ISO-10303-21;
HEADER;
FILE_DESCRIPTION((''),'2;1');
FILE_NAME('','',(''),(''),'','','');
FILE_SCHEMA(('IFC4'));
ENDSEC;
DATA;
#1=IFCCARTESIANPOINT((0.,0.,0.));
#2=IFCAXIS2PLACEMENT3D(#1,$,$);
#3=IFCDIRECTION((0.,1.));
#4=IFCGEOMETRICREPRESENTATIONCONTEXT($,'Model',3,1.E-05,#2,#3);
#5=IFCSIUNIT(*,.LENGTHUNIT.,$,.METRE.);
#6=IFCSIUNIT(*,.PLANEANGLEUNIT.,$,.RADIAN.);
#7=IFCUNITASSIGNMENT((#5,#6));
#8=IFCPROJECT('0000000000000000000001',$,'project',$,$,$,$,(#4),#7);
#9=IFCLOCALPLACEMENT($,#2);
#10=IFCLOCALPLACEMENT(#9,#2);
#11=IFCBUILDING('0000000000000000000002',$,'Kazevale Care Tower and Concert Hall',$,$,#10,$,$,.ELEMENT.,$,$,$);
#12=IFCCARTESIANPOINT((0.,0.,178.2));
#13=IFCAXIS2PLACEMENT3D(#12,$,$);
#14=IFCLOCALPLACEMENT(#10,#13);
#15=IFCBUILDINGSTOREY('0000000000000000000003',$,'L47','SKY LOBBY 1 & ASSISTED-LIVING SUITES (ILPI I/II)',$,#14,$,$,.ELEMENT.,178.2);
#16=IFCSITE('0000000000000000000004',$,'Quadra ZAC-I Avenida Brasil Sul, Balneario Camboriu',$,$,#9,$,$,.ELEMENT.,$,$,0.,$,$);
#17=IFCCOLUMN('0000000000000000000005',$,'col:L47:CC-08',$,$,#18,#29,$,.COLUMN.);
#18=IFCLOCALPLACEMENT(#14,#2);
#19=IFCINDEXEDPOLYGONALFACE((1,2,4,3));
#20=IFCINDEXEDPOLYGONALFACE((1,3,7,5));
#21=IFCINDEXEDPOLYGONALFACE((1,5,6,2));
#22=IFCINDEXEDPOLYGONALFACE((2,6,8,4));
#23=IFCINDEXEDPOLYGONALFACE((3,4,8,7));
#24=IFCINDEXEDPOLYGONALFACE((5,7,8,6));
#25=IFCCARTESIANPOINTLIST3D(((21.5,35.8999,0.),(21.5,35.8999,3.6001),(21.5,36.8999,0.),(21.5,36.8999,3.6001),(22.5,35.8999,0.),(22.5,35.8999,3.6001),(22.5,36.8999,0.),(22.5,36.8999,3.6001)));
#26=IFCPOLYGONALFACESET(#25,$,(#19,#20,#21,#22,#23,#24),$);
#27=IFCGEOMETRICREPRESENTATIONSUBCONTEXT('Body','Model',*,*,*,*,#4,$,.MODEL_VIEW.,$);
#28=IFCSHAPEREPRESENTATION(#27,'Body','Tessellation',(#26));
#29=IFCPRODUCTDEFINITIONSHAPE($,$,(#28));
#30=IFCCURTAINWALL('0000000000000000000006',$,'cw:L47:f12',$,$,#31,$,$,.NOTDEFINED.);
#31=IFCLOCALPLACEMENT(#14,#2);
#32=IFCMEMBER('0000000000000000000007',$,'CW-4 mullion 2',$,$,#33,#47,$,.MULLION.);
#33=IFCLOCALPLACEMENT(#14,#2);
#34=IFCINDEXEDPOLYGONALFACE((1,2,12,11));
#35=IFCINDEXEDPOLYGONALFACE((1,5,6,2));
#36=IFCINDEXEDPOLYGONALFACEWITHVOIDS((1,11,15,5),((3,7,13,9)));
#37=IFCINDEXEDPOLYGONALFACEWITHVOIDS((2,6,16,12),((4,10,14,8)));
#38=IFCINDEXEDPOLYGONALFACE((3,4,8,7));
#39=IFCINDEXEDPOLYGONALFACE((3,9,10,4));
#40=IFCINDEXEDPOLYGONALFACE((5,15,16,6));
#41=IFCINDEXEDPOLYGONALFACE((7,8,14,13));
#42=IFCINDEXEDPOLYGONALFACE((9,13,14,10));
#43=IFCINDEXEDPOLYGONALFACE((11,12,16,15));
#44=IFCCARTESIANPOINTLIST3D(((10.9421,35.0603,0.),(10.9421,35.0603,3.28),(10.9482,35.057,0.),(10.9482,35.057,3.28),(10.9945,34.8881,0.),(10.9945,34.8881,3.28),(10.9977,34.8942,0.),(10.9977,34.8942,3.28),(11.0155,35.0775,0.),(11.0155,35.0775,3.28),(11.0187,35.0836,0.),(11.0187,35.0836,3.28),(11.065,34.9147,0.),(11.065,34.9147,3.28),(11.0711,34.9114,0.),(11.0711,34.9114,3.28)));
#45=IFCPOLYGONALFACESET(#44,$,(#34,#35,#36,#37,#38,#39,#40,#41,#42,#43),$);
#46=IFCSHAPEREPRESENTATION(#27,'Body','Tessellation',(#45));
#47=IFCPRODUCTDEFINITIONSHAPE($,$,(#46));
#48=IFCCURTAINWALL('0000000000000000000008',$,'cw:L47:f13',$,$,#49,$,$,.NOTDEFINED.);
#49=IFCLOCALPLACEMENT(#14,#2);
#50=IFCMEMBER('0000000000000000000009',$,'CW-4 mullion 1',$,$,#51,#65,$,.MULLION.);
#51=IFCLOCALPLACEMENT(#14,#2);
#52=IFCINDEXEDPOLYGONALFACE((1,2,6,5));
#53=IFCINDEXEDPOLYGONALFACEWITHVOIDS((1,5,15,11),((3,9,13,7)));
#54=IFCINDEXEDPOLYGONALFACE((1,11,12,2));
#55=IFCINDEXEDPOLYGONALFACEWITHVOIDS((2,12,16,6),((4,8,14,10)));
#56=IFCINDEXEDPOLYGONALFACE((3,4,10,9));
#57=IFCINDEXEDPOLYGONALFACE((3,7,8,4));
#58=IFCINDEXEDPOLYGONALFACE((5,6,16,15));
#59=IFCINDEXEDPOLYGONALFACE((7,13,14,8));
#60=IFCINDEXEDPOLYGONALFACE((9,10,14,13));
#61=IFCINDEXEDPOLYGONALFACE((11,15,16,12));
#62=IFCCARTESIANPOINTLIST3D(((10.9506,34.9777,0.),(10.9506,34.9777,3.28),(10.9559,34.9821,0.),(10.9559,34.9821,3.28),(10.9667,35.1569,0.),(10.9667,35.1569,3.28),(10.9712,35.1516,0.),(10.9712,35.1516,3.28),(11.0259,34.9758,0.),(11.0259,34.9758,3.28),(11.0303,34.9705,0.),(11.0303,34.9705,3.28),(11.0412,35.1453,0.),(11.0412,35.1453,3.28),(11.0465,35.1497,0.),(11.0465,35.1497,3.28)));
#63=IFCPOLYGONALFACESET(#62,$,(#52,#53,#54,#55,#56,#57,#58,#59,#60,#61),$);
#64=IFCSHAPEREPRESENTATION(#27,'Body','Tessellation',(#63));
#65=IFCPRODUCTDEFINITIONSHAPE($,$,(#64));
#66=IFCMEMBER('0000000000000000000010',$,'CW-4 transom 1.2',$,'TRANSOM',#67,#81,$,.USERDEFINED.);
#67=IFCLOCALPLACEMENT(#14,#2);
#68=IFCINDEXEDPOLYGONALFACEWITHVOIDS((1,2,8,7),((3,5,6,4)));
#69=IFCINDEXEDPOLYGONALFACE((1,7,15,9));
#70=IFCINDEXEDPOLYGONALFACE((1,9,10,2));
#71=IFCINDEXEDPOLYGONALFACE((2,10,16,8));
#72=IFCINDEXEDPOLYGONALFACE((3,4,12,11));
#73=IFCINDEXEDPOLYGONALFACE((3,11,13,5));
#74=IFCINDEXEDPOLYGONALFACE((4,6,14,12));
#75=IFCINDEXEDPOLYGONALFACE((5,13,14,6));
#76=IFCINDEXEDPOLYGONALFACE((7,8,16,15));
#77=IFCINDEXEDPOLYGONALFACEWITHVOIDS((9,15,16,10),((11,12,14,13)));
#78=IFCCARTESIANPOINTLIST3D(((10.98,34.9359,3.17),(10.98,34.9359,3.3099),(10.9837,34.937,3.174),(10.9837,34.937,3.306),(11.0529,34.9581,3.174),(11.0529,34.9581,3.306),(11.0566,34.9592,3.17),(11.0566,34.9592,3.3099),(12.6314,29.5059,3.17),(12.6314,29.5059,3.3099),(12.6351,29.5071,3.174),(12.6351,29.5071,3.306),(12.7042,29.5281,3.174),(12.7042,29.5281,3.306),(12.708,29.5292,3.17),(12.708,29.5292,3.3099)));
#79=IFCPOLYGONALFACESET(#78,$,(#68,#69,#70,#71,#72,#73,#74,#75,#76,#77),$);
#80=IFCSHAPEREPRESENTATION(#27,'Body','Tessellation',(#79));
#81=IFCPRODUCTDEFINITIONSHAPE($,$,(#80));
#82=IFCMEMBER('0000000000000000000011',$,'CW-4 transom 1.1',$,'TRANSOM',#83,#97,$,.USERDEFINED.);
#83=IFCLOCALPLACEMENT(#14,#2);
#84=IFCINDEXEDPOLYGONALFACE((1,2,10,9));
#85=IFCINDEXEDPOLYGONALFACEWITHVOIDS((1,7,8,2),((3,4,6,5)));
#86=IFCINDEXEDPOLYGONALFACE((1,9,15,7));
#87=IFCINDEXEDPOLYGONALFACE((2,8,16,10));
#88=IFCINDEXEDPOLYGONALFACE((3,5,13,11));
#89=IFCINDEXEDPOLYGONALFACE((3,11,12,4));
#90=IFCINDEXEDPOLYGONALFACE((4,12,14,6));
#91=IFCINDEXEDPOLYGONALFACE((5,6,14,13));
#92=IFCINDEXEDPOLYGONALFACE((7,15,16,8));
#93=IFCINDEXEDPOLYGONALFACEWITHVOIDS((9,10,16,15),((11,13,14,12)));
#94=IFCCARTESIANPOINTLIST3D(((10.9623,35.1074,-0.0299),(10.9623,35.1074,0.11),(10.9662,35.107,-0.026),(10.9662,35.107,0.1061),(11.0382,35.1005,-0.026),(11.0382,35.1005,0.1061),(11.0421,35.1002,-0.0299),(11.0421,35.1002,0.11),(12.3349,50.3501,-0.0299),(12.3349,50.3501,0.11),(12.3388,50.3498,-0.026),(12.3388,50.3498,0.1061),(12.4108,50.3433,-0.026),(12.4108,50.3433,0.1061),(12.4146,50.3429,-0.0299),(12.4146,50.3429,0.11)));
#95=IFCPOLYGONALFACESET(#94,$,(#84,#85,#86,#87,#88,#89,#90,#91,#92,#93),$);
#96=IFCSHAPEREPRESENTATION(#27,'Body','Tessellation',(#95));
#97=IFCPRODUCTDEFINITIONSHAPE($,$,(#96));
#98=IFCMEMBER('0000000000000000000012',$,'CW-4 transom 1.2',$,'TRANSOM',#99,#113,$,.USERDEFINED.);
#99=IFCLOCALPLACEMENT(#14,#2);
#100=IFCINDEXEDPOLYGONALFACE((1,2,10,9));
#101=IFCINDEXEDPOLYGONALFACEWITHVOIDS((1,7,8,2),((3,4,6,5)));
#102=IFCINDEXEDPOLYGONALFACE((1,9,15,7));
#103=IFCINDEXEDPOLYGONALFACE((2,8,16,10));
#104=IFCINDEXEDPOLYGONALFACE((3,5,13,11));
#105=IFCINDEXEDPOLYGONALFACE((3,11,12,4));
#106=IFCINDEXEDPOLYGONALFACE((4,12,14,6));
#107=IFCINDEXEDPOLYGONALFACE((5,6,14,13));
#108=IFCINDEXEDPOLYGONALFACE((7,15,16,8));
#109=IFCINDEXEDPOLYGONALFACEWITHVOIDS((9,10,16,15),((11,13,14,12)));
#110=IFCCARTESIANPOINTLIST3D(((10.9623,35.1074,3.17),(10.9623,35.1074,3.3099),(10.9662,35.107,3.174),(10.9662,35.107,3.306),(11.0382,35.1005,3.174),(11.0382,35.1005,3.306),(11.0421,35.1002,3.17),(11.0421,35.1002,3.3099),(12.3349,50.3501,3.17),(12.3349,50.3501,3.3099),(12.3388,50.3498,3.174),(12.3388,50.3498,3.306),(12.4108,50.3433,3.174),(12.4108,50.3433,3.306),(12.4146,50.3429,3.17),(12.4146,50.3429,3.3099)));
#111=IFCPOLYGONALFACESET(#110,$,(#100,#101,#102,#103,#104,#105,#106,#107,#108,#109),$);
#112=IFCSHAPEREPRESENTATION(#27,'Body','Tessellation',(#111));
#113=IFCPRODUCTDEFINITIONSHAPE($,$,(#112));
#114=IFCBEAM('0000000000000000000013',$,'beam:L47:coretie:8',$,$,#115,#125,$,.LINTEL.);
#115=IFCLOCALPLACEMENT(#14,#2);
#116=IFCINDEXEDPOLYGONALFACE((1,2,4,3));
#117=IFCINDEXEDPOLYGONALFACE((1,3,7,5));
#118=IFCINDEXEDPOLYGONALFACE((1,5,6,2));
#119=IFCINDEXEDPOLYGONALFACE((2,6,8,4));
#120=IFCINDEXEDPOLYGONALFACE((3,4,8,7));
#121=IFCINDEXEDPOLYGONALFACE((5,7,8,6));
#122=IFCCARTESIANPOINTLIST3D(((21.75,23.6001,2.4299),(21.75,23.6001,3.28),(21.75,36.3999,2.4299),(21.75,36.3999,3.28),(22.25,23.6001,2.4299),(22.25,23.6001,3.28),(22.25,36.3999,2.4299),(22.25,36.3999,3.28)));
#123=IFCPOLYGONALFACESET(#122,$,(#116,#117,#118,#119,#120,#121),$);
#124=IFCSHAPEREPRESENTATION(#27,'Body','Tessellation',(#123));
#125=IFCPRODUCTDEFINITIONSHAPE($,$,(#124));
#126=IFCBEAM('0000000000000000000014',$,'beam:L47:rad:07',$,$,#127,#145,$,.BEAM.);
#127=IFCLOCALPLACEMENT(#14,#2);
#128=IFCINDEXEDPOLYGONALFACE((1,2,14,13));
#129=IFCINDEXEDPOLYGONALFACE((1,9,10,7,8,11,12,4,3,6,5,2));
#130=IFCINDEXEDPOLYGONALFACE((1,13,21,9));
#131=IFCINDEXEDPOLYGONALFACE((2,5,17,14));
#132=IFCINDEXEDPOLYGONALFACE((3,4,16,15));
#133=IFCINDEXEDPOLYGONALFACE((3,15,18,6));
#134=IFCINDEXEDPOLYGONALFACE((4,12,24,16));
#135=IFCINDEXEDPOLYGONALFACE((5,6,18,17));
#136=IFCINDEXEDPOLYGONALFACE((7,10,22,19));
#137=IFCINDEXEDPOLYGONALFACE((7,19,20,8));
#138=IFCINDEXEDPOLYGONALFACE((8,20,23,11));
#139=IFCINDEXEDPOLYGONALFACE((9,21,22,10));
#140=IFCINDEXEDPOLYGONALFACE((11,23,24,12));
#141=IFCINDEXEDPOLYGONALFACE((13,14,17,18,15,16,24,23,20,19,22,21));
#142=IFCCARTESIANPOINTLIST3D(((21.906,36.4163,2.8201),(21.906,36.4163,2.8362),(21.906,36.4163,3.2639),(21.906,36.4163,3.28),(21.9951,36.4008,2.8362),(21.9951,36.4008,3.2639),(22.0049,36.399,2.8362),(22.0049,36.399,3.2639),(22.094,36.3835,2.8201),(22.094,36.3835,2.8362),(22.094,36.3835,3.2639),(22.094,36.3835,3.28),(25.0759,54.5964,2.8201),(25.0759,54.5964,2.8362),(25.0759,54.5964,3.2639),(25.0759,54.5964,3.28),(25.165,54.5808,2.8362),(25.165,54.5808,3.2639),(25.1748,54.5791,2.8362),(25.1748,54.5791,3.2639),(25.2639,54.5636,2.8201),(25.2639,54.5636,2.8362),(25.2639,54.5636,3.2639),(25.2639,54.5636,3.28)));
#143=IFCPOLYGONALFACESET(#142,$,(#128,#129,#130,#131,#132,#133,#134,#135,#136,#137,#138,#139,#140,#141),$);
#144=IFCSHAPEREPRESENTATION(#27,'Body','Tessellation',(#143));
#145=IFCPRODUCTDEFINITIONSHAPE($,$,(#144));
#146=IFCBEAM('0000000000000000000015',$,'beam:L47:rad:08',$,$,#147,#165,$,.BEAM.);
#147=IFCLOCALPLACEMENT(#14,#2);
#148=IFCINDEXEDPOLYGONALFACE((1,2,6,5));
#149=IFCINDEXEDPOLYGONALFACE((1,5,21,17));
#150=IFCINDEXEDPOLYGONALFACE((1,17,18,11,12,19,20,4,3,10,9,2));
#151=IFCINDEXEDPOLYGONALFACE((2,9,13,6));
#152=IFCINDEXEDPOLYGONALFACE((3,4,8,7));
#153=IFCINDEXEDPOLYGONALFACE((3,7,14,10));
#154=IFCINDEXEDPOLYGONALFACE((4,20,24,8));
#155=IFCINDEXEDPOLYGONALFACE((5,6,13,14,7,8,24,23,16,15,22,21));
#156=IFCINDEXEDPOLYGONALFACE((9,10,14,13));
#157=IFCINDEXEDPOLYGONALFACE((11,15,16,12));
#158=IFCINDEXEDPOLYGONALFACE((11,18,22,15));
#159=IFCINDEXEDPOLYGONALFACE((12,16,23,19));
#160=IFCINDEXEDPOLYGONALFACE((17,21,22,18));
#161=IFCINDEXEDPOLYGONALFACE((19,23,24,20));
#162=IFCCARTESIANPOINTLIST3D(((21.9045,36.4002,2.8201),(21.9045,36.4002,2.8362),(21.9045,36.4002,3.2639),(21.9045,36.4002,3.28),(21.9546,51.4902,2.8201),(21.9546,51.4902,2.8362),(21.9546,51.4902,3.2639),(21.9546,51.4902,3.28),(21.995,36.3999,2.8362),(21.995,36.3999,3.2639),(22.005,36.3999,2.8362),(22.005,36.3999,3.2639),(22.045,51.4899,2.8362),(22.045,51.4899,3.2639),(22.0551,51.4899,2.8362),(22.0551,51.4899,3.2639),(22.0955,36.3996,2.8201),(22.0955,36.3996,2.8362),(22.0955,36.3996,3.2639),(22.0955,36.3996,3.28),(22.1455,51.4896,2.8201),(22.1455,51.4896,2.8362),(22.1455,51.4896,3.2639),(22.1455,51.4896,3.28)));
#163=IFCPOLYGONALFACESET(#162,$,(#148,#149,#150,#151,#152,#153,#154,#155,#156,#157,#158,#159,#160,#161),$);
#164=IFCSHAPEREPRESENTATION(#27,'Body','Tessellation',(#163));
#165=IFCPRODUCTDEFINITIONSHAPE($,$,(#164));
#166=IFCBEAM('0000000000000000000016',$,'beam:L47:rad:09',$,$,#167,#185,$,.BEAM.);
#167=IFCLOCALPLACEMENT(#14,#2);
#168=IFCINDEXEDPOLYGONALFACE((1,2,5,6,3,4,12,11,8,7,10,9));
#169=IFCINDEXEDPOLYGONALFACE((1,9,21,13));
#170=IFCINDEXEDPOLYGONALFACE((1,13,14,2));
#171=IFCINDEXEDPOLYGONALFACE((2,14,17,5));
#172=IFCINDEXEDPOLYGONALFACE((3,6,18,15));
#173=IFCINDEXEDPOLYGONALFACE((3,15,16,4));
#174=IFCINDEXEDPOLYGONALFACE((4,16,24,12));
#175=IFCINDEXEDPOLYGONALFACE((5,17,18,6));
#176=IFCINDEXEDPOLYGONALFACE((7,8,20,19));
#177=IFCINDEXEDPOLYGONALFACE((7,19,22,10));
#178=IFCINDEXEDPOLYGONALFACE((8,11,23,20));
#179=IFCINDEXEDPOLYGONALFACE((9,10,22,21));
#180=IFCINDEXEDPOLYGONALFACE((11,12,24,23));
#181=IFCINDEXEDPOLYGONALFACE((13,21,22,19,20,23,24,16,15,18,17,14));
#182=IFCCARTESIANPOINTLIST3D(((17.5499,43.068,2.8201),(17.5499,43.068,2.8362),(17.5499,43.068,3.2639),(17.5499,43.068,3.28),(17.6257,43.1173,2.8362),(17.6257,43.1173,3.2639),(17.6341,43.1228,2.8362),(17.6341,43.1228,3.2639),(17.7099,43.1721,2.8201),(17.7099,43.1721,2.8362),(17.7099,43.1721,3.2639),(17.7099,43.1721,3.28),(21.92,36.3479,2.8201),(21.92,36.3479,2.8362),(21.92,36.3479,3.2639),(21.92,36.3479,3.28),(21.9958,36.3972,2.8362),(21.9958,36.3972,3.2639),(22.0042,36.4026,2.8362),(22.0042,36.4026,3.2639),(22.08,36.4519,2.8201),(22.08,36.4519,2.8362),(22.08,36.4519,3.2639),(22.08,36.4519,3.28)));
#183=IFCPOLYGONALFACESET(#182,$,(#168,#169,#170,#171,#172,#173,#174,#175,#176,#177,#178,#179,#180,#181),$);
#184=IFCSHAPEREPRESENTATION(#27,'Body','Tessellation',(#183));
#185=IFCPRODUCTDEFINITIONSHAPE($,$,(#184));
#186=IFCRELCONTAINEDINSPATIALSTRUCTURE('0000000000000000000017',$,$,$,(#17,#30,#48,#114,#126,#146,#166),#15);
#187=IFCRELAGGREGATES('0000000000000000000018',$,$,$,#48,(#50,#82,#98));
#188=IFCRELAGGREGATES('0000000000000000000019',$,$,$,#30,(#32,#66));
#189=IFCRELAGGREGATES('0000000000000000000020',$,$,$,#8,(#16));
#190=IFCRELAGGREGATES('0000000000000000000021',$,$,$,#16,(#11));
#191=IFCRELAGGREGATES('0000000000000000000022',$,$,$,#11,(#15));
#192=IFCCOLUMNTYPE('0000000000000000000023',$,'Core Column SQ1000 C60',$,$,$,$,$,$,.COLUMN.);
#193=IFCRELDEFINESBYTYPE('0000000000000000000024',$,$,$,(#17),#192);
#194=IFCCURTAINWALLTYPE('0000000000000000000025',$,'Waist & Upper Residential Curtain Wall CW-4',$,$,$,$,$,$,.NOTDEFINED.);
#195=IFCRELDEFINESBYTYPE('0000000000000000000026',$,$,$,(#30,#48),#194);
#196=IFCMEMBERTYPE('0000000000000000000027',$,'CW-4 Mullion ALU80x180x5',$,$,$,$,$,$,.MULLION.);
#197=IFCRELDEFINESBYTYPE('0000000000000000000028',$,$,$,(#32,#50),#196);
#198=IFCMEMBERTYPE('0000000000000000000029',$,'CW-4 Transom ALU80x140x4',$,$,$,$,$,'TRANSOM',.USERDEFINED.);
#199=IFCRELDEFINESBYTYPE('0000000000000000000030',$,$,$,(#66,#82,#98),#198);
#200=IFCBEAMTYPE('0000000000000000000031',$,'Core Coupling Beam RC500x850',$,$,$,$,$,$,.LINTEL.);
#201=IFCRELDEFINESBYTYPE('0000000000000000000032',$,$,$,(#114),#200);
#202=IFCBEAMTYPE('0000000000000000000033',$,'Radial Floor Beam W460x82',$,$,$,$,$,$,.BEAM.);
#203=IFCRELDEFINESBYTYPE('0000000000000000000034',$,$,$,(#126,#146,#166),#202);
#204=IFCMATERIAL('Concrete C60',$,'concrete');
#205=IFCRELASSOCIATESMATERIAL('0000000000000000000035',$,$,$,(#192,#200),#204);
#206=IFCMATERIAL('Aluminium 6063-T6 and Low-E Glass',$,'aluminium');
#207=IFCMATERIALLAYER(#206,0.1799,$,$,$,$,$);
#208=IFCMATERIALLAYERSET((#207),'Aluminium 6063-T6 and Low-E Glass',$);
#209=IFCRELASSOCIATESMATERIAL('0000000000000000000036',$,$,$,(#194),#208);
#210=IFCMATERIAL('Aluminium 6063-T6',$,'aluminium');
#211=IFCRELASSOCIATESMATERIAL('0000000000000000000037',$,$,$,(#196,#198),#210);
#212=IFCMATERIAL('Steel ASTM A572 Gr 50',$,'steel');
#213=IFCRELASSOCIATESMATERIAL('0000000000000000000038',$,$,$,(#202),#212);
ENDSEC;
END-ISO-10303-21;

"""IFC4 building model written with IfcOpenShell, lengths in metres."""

from ifc_helpers import new_model, si_unit, direction, frame, origin, origin_2d, place, context, subcontext, project, spatial, rectangle, hollow_rectangle, i_section, extrude, material, layer, layer_set, material_profile, profile_set, type_object, element, aggregate, save


model = new_model("IFC4")

# Units and contexts
model_context = context("Model", 3, precision=1e-05, world=origin(), true_north=direction((0.0, 1.0)))
body_context = subcontext(model_context, "Body", "Model", "MODEL_VIEW")
ifc_project = project(units=[si_unit("LENGTHUNIT", "METRE"), si_unit("PLANEANGLEUNIT", "RADIAN")], contexts=[model_context])

# Site, building, storey
site_placement = place(None, origin())
site = spatial("IfcSite", under=ifc_project, at=site_placement, Name="Quadra ZAC-I Avenida Brasil Sul, Balneario Camboriu", CompositionType="ELEMENT", RefElevation=0.0)
building_placement = place(site_placement, origin())
building = spatial("IfcBuilding", under=site, at=building_placement, Name="Kazevale Care Tower and Concert Hall", CompositionType="ELEMENT")
storey_placement = place(building_placement, frame((0.0, 0.0, 178.2)))
storey = spatial("IfcBuildingStorey", under=building, at=storey_placement, Name="L47", Description="SKY LOBBY 1 & ASSISTED-LIVING SUITES (ILPI I/II)", CompositionType="ELEMENT", Elevation=178.2)

# Column
ifc_material_1 = material(Name="Concrete C60", Category="concrete")
ifc_material_profile_1 = material_profile(ifc_material_1, rectangle(XDim=1.0, YDim=1.0, at=origin_2d()), Name="RC-SQ1000")
ifc_profile_set_1 = profile_set([ifc_material_profile_1], Name="Concrete C60")
column_type = type_object("IfcColumnType", Name="Core Column SQ1000 C60", PredefinedType="COLUMN", material=ifc_profile_set_1)
column_placement = place(storey_placement, frame((22.0, 36.3999, 0.0), z_axis=(0.0, 0.0, 1.0), x_axis=(1.0, 0.0, 0.0)))
element("IfcColumn", 1, at=column_placement, inside=storey, type_object=column_type, Name="col:L47:CC-08", PredefinedType="COLUMN", context=body_context, shape_type="SweptSolid", body=[
    extrude(rectangle(XDim=1.0, YDim=1.0, at=origin_2d()), origin(), (0.0, 0.0, 1.0), 3.6001),
])

# Curtain walls, members
ifc_material_2 = material(Name="Aluminium 6063-T6 and Low-E Glass", Category="aluminium")
ifc_layer_1 = layer(ifc_material_2, 0.1799)
ifc_layer_set_1 = layer_set([ifc_layer_1], Name="Aluminium 6063-T6 and Low-E Glass")
curtain_wall_type = type_object("IfcCurtainWallType", Name="Waist & Upper Residential Curtain Wall CW-4", PredefinedType="NOTDEFINED", material=ifc_layer_set_1)
curtain_wall_1_placement = place(storey_placement, origin())
curtain_wall_1 = element("IfcCurtainWall", 2, at=curtain_wall_1_placement, inside=storey, type_object=curtain_wall_type, Name="cw:L47:f12", PredefinedType="NOTDEFINED")
ifc_material_3 = material(Name="Aluminium 6063-T6", Category="aluminium")
ifc_material_profile_2 = material_profile(ifc_material_3, hollow_rectangle(XDim=0.0801, YDim=0.1799, WallThickness=0.0049, at=origin_2d()), Name="ALU80x180x5")
ifc_profile_set_2 = profile_set([ifc_material_profile_2], Name="Aluminium 6063-T6")
member_type_1 = type_object("IfcMemberType", Name="CW-4 Mullion ALU80x180x5", PredefinedType="MULLION", material=ifc_profile_set_2)
member_1_placement = place(storey_placement, frame((11.0066, 34.9858, 0.0), z_axis=(0.0, 0.0, 1.0), x_axis=(-0.95673, -0.290977, 0.0)))
member_1 = element("IfcMember", 3, at=member_1_placement, type_object=member_type_1, Name="CW-4 mullion 2", PredefinedType="MULLION", context=body_context, shape_type="SweptSolid", body=[
    extrude(hollow_rectangle(XDim=0.0801, YDim=0.1799, WallThickness=0.0049, at=origin_2d()), origin(), (0.0, 0.0, 1.0), 3.28),
])
curtain_wall_2_placement = place(storey_placement, origin())
curtain_wall_2 = element("IfcCurtainWall", 4, at=curtain_wall_2_placement, inside=storey, type_object=curtain_wall_type, Name="cw:L47:f13", PredefinedType="NOTDEFINED")
member_2_placement = place(storey_placement, frame((10.9985, 35.0637, 0.0), z_axis=(0.0, 0.0, 1.0), x_axis=(-0.99597, 0.08969, 0.0)))
member_2 = element("IfcMember", 5, at=member_2_placement, type_object=member_type_1, Name="CW-4 mullion 1", PredefinedType="MULLION", context=body_context, shape_type="SweptSolid", body=[
    extrude(hollow_rectangle(XDim=0.0801, YDim=0.1799, WallThickness=0.0049, at=origin_2d()), origin(), (0.0, 0.0, 1.0), 3.28),
])

# Members
ifc_material_profile_3 = material_profile(ifc_material_3, hollow_rectangle(XDim=0.0801, YDim=0.1399, WallThickness=0.0039, at=origin_2d()), Name="ALU80x140x4")
ifc_profile_set_3 = profile_set([ifc_material_profile_3], Name="Aluminium 6063-T6")
member_type_2 = type_object("IfcMemberType", Name="CW-4 Transom ALU80x140x4", ElementType="TRANSOM", PredefinedType="USERDEFINED", material=ifc_profile_set_3)
member_3_placement = place(storey_placement, frame((12.6697, 29.5176, 3.24), z_axis=(-0.290965, 0.956734, 0.0), x_axis=(-0.956734, -0.290965, 0.0)))
member_3 = element("IfcMember", 6, at=member_3_placement, type_object=member_type_2, Name="CW-4 transom 1.2", ObjectType="TRANSOM", PredefinedType="USERDEFINED", context=body_context, shape_type="SweptSolid", body=[
    extrude(hollow_rectangle(XDim=0.0801, YDim=0.1399, WallThickness=0.0039, at=origin_2d()), origin(), (0.0, 0.0, 1.0), 5.6755),
])
member_4_placement = place(storey_placement, frame((11.0022, 35.1038, 0.04), z_axis=(0.089684, 0.99597, 0.0), x_axis=(-0.99597, 0.089684, 0.0)))
member_4 = element("IfcMember", 7, at=member_4_placement, type_object=member_type_2, Name="CW-4 transom 1.1", ObjectType="TRANSOM", PredefinedType="USERDEFINED", context=body_context, shape_type="SweptSolid", body=[
    extrude(hollow_rectangle(XDim=0.0801, YDim=0.1399, WallThickness=0.0039, at=origin_2d()), origin(), (0.0, 0.0, 1.0), 15.3044),
])
member_5_placement = place(storey_placement, frame((11.0022, 35.1038, 3.24), z_axis=(0.089684, 0.99597, 0.0), x_axis=(-0.99597, 0.089684, 0.0)))
member_5 = element("IfcMember", 8, at=member_5_placement, type_object=member_type_2, Name="CW-4 transom 1.2", ObjectType="TRANSOM", PredefinedType="USERDEFINED", context=body_context, shape_type="SweptSolid", body=[
    extrude(hollow_rectangle(XDim=0.0801, YDim=0.1399, WallThickness=0.0039, at=origin_2d()), origin(), (0.0, 0.0, 1.0), 15.3044),
])
aggregate(curtain_wall_2, [member_2, member_4, member_5])

# Beams
ifc_material_profile_4 = material_profile(ifc_material_1, rectangle(XDim=0.5, YDim=0.8501, at=origin_2d()), Name="RC-B500x850")
ifc_profile_set_4 = profile_set([ifc_material_profile_4], Name="Concrete C60")
beam_type_1 = type_object("IfcBeamType", Name="Core Coupling Beam RC500x850", PredefinedType="LINTEL", material=ifc_profile_set_4)
beam_1_placement = place(storey_placement, frame((22.0, 36.3999, 2.855), z_axis=(0.0, -1.0, 0.0), x_axis=(1.0, 0.0, 0.0)))
element("IfcBeam", 9, at=beam_1_placement, inside=storey, type_object=beam_type_1, Name="beam:L47:coretie:8", PredefinedType="LINTEL", context=body_context, shape_type="SweptSolid", body=[
    extrude(rectangle(XDim=0.5, YDim=0.8501, at=origin_2d()), origin(), (0.0, 0.0, 1.0), 12.7998),
])
ifc_material_4 = material(Name="Steel ASTM A572 Gr 50", Category="steel")
ifc_material_profile_5 = material_profile(ifc_material_4, i_section(OverallWidth=0.1909, OverallDepth=0.46, WebThickness=0.01, FlangeThickness=0.0161, at=origin_2d()), Name="W460x82")
ifc_profile_set_5 = profile_set([ifc_material_profile_5], Name="Steel ASTM A572 Gr 50")
beam_type_2 = type_object("IfcBeamType", Name="Radial Floor Beam W460x82", PredefinedType="BEAM", material=ifc_profile_set_5)
beam_2_placement = place(storey_placement, frame((22.0, 36.3999, 3.05), z_axis=(0.17177, 0.985137, 0.0), x_axis=(-0.985137, 0.17177, 0.0)))
element("IfcBeam", 10, at=beam_2_placement, inside=storey, type_object=beam_type_2, Name="beam:L47:rad:07", PredefinedType="BEAM", context=body_context, shape_type="SweptSolid", body=[
    extrude(i_section(OverallWidth=0.1909, OverallDepth=0.46, WebThickness=0.01, FlangeThickness=0.0161, at=origin_2d()), origin(), (0.0, 0.0, 1.0), 18.4543),
])
beam_3_placement = place(storey_placement, frame((22.0, 36.3999, 3.05), z_axis=(0.003317, 0.999994, 0.0), x_axis=(-0.999994, 0.003317, 0.0)))
element("IfcBeam", 11, at=beam_3_placement, inside=storey, type_object=beam_type_2, Name="beam:L47:rad:08", PredefinedType="BEAM", context=body_context, shape_type="SweptSolid", body=[
    extrude(i_section(OverallWidth=0.1909, OverallDepth=0.46, WebThickness=0.01, FlangeThickness=0.0161, at=origin_2d()), origin(), (0.0, 0.0, 1.0), 15.0901),
])
beam_4_placement = place(storey_placement, frame((22.0, 36.3999, 3.05), z_axis=(-0.545162, 0.838331, 0.0), x_axis=(-0.838331, -0.545162, 0.0)))
element("IfcBeam", 12, at=beam_4_placement, inside=storey, type_object=beam_type_2, Name="beam:L47:rad:09", PredefinedType="BEAM", context=body_context, shape_type="SweptSolid", body=[
    extrude(i_section(OverallWidth=0.1909, OverallDepth=0.46, WebThickness=0.01, FlangeThickness=0.0161, at=origin_2d()), origin(), (0.0, 0.0, 1.0), 8.0161),
])

aggregate(curtain_wall_1, [member_1, member_3])

save(model, "model.ifc")
